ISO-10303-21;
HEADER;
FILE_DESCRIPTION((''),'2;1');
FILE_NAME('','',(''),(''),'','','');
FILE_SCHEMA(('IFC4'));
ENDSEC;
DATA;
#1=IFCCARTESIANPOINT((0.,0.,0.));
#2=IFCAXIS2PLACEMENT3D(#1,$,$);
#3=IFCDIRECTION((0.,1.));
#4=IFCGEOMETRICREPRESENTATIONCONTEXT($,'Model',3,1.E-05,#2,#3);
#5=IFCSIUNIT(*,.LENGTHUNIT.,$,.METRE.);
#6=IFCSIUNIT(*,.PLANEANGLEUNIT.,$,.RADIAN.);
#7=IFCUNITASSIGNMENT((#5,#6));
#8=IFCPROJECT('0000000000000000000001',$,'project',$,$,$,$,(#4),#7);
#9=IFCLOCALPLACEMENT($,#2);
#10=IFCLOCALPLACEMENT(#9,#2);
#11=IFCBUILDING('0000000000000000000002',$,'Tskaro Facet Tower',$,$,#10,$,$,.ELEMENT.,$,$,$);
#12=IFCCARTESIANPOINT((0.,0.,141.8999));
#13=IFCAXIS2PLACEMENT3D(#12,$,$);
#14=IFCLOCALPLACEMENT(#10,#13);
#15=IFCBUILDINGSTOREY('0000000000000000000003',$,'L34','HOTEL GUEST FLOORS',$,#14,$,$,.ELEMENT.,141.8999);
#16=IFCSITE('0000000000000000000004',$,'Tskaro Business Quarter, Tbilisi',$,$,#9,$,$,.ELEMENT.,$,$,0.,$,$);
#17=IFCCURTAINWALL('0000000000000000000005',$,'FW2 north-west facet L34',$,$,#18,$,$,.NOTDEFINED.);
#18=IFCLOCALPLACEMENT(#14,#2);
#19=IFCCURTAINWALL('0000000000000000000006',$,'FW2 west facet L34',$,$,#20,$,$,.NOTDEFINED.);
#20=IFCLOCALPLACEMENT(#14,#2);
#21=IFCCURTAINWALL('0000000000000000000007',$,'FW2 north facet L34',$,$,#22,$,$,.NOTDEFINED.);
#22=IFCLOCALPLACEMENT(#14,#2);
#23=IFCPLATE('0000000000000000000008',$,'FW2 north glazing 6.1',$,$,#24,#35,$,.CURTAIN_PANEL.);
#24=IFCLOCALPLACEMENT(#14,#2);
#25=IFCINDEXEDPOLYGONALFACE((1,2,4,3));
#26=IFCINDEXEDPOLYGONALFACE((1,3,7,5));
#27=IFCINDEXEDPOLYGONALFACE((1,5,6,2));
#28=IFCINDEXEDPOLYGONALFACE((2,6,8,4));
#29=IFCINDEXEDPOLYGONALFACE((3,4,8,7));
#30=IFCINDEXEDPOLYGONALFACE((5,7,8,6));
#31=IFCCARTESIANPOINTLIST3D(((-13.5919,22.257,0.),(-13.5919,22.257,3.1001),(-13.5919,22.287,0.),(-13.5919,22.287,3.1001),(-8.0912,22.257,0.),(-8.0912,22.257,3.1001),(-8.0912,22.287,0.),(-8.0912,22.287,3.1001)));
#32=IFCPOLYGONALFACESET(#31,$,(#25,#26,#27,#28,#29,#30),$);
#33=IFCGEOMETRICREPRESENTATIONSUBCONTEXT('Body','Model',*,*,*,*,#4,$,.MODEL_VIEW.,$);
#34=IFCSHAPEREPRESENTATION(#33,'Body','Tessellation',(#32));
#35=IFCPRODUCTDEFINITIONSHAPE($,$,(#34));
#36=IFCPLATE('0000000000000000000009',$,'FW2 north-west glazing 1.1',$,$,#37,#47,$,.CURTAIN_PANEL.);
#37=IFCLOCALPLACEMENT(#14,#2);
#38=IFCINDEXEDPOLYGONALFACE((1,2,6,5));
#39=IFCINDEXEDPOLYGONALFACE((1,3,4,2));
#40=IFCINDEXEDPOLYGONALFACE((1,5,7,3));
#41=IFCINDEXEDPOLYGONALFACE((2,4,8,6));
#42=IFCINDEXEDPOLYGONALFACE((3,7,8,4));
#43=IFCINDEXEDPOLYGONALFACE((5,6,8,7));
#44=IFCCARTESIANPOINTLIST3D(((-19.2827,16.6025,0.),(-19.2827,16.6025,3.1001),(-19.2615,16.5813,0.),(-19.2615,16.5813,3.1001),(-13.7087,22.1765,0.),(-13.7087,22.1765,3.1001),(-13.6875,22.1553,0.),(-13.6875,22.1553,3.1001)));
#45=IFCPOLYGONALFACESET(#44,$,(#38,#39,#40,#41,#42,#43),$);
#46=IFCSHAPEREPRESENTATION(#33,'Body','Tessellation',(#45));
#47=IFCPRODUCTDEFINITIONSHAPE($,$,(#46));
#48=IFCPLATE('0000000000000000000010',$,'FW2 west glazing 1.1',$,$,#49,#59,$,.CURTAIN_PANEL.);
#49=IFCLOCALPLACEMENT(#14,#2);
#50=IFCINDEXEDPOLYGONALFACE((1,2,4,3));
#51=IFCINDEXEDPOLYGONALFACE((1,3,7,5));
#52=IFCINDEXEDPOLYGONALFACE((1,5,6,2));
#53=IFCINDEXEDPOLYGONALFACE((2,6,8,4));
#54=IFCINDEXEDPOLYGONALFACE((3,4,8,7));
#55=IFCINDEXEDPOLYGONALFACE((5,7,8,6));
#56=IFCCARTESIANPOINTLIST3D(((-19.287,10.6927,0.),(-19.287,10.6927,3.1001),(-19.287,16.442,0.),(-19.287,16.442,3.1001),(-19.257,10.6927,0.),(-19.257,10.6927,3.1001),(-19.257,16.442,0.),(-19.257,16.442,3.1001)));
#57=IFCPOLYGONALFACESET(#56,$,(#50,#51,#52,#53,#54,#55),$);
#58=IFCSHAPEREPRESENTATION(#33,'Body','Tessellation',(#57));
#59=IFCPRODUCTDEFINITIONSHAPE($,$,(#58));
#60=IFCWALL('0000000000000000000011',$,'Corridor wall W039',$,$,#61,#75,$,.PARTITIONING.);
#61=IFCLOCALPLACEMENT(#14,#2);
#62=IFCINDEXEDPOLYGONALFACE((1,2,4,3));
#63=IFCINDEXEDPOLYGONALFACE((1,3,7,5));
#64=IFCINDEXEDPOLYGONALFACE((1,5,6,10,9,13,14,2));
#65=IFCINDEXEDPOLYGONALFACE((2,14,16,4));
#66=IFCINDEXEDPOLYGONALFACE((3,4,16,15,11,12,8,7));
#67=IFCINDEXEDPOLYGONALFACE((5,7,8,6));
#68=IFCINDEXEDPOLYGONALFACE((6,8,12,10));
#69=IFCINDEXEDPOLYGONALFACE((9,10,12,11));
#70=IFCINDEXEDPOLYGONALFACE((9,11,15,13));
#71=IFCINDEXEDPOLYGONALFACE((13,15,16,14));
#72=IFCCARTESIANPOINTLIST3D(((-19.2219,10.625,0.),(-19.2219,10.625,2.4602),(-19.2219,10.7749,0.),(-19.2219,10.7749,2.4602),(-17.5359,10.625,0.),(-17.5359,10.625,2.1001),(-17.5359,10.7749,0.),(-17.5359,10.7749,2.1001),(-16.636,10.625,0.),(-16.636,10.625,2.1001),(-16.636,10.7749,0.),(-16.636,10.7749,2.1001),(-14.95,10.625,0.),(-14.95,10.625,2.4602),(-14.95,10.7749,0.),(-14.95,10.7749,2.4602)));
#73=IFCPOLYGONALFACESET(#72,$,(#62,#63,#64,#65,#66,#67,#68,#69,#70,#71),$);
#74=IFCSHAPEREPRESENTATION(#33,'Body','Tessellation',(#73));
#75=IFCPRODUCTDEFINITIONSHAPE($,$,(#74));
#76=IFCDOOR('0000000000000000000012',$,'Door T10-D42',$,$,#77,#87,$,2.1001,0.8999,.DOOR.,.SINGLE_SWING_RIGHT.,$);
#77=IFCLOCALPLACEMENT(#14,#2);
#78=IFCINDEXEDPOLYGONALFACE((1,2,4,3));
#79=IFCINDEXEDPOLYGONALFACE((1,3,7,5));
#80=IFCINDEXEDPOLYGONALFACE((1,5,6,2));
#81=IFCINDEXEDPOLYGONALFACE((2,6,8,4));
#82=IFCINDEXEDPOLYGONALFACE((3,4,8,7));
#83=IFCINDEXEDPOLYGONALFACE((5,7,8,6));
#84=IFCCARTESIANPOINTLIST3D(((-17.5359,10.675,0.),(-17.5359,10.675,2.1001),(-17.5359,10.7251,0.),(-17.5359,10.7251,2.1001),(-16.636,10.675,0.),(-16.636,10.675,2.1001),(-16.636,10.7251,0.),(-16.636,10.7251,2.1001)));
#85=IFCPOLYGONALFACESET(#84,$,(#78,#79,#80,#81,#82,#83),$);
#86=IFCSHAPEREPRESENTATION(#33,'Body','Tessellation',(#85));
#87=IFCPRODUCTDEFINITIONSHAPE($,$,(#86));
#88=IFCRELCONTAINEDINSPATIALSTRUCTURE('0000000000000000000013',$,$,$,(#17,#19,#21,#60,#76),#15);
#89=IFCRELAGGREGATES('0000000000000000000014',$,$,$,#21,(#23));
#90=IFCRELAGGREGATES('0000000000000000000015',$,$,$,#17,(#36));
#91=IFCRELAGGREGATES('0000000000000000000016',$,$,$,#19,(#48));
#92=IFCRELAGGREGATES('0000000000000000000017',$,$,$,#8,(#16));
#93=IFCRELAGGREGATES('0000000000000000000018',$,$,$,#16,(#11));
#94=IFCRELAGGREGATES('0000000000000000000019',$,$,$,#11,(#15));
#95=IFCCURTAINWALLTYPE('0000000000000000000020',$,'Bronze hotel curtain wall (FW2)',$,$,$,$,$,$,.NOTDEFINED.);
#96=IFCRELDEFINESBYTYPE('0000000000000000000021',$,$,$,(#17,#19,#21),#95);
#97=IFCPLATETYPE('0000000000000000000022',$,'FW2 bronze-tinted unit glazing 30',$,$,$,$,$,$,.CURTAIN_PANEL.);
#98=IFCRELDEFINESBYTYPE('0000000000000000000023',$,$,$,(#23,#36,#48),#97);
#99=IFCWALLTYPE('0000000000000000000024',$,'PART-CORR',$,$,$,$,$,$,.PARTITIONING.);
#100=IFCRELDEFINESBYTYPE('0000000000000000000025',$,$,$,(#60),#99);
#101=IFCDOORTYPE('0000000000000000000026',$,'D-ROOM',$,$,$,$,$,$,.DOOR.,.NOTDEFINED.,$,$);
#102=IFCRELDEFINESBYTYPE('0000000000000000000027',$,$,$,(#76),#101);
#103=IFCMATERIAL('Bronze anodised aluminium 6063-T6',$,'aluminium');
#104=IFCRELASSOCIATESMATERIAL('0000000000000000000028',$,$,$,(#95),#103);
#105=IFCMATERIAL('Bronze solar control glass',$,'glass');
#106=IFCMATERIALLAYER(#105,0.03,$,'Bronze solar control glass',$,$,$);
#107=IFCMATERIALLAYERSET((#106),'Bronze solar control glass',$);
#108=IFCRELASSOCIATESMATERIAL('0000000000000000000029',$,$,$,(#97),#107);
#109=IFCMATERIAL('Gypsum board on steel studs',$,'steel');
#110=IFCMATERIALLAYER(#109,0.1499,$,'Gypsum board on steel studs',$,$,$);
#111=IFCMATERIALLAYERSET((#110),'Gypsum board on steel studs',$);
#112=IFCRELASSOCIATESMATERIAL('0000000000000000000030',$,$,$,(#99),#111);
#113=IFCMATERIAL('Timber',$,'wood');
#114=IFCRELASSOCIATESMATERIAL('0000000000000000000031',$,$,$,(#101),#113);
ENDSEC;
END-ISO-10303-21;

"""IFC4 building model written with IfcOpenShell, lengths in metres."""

from ifc_helpers import new_model, si_unit, direction, frame, frame_2d, origin, origin_2d, place, context, subcontext, project, spatial, rectangle, extrude, material, layer, layer_set, type_object, element, fill, aggregate, save


model = new_model("IFC4")

# Units and contexts
model_context = context("Model", 3, precision=1e-05, world=origin(), true_north=direction((0.0, 1.0)))
body_context = subcontext(model_context, "Body", "Model", "MODEL_VIEW")
ifc_project = project(units=[si_unit("LENGTHUNIT", "METRE"), si_unit("PLANEANGLEUNIT", "RADIAN")], contexts=[model_context])

# Site, building, storey
site_placement = place(None, origin())
site = spatial("IfcSite", under=ifc_project, at=site_placement, Name="Tskaro Business Quarter, Tbilisi", CompositionType="ELEMENT", RefElevation=0.0)
building_placement = place(site_placement, origin())
building = spatial("IfcBuilding", under=site, at=building_placement, Name="Tskaro Facet Tower", CompositionType="ELEMENT")
storey_placement = place(building_placement, frame((0.0, 0.0, 141.8999)))
storey = spatial("IfcBuildingStorey", under=building, at=storey_placement, Name="L34", Description="HOTEL GUEST FLOORS", CompositionType="ELEMENT", Elevation=141.8999)

# Curtain wall
ifc_material_1 = material(Name="Bronze anodised aluminium 6063-T6", Category="aluminium")
curtain_wall_type = type_object("IfcCurtainWallType", Name="Bronze hotel curtain wall (FW2)", PredefinedType="NOTDEFINED", material=ifc_material_1)
curtain_wall_1_placement = place(storey_placement, origin())
curtain_wall_1 = element("IfcCurtainWall", 1, at=curtain_wall_1_placement, inside=storey, type_object=curtain_wall_type, Name="FW2 north-west facet L34", PredefinedType="NOTDEFINED")

# Curtain wall
curtain_wall_2_placement = place(storey_placement, origin())
curtain_wall_2 = element("IfcCurtainWall", 2, at=curtain_wall_2_placement, inside=storey, type_object=curtain_wall_type, Name="FW2 west facet L34", PredefinedType="NOTDEFINED")

# Curtain wall, plate
curtain_wall_3_placement = place(storey_placement, origin())
curtain_wall_3 = element("IfcCurtainWall", 3, at=curtain_wall_3_placement, inside=storey, type_object=curtain_wall_type, Name="FW2 north facet L34", PredefinedType="NOTDEFINED")
ifc_material_2 = material(Name="Bronze solar control glass", Category="glass")
ifc_layer_1 = layer(ifc_material_2, 0.03, Name="Bronze solar control glass")
ifc_layer_set_1 = layer_set([ifc_layer_1], Name="Bronze solar control glass")
plate_type = type_object("IfcPlateType", Name="FW2 bronze-tinted unit glazing 30", PredefinedType="CURTAIN_PANEL", material=ifc_layer_set_1)
plate_1_placement = place(storey_placement, frame((-10.8416, 22.272, 0.0), z_axis=(0.0, 0.0, 1.0), x_axis=(-1.0, 0.0, 0.0)))
plate_1 = element("IfcPlate", 4, at=plate_1_placement, type_object=plate_type, Name="FW2 north glazing 6.1", PredefinedType="CURTAIN_PANEL", context=body_context, shape_type="SweptSolid", body=[
    extrude(rectangle(XDim=5.5007, YDim=0.03, at=origin_2d()), origin(), (0.0, 0.0, 1.0), 3.1001),
])
aggregate(curtain_wall_3, [plate_1])

# Plates
plate_2_placement = place(storey_placement, frame((-16.4851, 19.3789, 0.0), z_axis=(0.0, 0.0, 1.0), x_axis=(-0.707107, -0.707107, 0.0)))
plate_2 = element("IfcPlate", 5, at=plate_2_placement, type_object=plate_type, Name="FW2 north-west glazing 1.1", PredefinedType="CURTAIN_PANEL", context=body_context, shape_type="SweptSolid", body=[
    extrude(rectangle(XDim=7.8828, YDim=0.03, at=origin_2d()), origin(), (0.0, 0.0, 1.0), 3.1001),
])
aggregate(curtain_wall_1, [plate_2])
plate_3_placement = place(storey_placement, frame((-19.272, 13.5674, 0.0), z_axis=(0.0, 0.0, 1.0), x_axis=(0.0, -1.0, 0.0)))
plate_3 = element("IfcPlate", 6, at=plate_3_placement, type_object=plate_type, Name="FW2 west glazing 1.1", PredefinedType="CURTAIN_PANEL", context=body_context, shape_type="SweptSolid", body=[
    extrude(rectangle(XDim=5.7493, YDim=0.03, at=origin_2d()), origin(), (0.0, 0.0, 1.0), 3.1001),
])
aggregate(curtain_wall_2, [plate_3])

# Wall, opening, door
ifc_material_3 = material(Name="Gypsum board on steel studs", Category="steel")
ifc_layer_2 = layer(ifc_material_3, 0.1499, Name="Gypsum board on steel studs")
ifc_layer_set_2 = layer_set([ifc_layer_2], Name="Gypsum board on steel studs")
wall_type_1 = type_object("IfcWallType", Name="PART-CORR", PredefinedType="PARTITIONING", material=ifc_layer_set_2)
wall_1_placement = place(storey_placement, frame((-14.95, 10.7, 0.0), z_axis=(0.0, 0.0, 1.0), x_axis=(-1.0, 0.0, 0.0)))
wall_1 = element("IfcWall", 7, at=wall_1_placement, inside=storey, type_object=wall_type_1, Name="Corridor wall W039", PredefinedType="PARTITIONING", context=body_context, shape_type="SweptSolid", body=[
    extrude(rectangle(XDim=4.272, YDim=0.1499, at=frame_2d((2.136, 0.0))), origin(), (0.0, 0.0, 1.0), 2.4602),
])
opening_1_placement = place(wall_1_placement, frame((1.686, 0.0, 0.0)))
opening_1 = element("IfcOpeningElement", 8, at=opening_1_placement, cuts=wall_1, PredefinedType="OPENING", context=body_context, shape_type="SweptSolid", body=[
    extrude(rectangle(XDim=0.8999, YDim=2.1001, at=frame_2d((0.45, 1.05))), frame((0.0, 0.085, 0.0), z_axis=(0.0, -1.0, 0.0), x_axis=(1.0, 0.0, 0.0)), (0.0, 0.0, 1.0), 0.1699),
])
ifc_material_4 = material(Name="Timber", Category="wood")
door_type_1 = type_object("IfcDoorType", Name="D-ROOM", OperationType="NOTDEFINED", PredefinedType="DOOR", material=ifc_material_4)
door_1_placement = place(opening_1_placement, origin())
door_1 = element("IfcDoor", 9, at=door_1_placement, inside=storey, type_object=door_type_1, Name="Door T10-D42", OperationType="SINGLE_SWING_RIGHT", OverallHeight=2.1001, OverallWidth=0.8999, PredefinedType="DOOR", context=body_context, shape_type="SweptSolid", body=[
    extrude(rectangle(XDim=0.8999, YDim=2.1001, at=frame_2d((0.45, 1.05))), frame((0.0, 0.0249, 0.0), z_axis=(0.0, -1.0, 0.0), x_axis=(1.0, 0.0, 0.0)), (0.0, 0.0, 1.0), 0.05),
])
fill(opening_1, door_1)

save(model, "model.ifc")
